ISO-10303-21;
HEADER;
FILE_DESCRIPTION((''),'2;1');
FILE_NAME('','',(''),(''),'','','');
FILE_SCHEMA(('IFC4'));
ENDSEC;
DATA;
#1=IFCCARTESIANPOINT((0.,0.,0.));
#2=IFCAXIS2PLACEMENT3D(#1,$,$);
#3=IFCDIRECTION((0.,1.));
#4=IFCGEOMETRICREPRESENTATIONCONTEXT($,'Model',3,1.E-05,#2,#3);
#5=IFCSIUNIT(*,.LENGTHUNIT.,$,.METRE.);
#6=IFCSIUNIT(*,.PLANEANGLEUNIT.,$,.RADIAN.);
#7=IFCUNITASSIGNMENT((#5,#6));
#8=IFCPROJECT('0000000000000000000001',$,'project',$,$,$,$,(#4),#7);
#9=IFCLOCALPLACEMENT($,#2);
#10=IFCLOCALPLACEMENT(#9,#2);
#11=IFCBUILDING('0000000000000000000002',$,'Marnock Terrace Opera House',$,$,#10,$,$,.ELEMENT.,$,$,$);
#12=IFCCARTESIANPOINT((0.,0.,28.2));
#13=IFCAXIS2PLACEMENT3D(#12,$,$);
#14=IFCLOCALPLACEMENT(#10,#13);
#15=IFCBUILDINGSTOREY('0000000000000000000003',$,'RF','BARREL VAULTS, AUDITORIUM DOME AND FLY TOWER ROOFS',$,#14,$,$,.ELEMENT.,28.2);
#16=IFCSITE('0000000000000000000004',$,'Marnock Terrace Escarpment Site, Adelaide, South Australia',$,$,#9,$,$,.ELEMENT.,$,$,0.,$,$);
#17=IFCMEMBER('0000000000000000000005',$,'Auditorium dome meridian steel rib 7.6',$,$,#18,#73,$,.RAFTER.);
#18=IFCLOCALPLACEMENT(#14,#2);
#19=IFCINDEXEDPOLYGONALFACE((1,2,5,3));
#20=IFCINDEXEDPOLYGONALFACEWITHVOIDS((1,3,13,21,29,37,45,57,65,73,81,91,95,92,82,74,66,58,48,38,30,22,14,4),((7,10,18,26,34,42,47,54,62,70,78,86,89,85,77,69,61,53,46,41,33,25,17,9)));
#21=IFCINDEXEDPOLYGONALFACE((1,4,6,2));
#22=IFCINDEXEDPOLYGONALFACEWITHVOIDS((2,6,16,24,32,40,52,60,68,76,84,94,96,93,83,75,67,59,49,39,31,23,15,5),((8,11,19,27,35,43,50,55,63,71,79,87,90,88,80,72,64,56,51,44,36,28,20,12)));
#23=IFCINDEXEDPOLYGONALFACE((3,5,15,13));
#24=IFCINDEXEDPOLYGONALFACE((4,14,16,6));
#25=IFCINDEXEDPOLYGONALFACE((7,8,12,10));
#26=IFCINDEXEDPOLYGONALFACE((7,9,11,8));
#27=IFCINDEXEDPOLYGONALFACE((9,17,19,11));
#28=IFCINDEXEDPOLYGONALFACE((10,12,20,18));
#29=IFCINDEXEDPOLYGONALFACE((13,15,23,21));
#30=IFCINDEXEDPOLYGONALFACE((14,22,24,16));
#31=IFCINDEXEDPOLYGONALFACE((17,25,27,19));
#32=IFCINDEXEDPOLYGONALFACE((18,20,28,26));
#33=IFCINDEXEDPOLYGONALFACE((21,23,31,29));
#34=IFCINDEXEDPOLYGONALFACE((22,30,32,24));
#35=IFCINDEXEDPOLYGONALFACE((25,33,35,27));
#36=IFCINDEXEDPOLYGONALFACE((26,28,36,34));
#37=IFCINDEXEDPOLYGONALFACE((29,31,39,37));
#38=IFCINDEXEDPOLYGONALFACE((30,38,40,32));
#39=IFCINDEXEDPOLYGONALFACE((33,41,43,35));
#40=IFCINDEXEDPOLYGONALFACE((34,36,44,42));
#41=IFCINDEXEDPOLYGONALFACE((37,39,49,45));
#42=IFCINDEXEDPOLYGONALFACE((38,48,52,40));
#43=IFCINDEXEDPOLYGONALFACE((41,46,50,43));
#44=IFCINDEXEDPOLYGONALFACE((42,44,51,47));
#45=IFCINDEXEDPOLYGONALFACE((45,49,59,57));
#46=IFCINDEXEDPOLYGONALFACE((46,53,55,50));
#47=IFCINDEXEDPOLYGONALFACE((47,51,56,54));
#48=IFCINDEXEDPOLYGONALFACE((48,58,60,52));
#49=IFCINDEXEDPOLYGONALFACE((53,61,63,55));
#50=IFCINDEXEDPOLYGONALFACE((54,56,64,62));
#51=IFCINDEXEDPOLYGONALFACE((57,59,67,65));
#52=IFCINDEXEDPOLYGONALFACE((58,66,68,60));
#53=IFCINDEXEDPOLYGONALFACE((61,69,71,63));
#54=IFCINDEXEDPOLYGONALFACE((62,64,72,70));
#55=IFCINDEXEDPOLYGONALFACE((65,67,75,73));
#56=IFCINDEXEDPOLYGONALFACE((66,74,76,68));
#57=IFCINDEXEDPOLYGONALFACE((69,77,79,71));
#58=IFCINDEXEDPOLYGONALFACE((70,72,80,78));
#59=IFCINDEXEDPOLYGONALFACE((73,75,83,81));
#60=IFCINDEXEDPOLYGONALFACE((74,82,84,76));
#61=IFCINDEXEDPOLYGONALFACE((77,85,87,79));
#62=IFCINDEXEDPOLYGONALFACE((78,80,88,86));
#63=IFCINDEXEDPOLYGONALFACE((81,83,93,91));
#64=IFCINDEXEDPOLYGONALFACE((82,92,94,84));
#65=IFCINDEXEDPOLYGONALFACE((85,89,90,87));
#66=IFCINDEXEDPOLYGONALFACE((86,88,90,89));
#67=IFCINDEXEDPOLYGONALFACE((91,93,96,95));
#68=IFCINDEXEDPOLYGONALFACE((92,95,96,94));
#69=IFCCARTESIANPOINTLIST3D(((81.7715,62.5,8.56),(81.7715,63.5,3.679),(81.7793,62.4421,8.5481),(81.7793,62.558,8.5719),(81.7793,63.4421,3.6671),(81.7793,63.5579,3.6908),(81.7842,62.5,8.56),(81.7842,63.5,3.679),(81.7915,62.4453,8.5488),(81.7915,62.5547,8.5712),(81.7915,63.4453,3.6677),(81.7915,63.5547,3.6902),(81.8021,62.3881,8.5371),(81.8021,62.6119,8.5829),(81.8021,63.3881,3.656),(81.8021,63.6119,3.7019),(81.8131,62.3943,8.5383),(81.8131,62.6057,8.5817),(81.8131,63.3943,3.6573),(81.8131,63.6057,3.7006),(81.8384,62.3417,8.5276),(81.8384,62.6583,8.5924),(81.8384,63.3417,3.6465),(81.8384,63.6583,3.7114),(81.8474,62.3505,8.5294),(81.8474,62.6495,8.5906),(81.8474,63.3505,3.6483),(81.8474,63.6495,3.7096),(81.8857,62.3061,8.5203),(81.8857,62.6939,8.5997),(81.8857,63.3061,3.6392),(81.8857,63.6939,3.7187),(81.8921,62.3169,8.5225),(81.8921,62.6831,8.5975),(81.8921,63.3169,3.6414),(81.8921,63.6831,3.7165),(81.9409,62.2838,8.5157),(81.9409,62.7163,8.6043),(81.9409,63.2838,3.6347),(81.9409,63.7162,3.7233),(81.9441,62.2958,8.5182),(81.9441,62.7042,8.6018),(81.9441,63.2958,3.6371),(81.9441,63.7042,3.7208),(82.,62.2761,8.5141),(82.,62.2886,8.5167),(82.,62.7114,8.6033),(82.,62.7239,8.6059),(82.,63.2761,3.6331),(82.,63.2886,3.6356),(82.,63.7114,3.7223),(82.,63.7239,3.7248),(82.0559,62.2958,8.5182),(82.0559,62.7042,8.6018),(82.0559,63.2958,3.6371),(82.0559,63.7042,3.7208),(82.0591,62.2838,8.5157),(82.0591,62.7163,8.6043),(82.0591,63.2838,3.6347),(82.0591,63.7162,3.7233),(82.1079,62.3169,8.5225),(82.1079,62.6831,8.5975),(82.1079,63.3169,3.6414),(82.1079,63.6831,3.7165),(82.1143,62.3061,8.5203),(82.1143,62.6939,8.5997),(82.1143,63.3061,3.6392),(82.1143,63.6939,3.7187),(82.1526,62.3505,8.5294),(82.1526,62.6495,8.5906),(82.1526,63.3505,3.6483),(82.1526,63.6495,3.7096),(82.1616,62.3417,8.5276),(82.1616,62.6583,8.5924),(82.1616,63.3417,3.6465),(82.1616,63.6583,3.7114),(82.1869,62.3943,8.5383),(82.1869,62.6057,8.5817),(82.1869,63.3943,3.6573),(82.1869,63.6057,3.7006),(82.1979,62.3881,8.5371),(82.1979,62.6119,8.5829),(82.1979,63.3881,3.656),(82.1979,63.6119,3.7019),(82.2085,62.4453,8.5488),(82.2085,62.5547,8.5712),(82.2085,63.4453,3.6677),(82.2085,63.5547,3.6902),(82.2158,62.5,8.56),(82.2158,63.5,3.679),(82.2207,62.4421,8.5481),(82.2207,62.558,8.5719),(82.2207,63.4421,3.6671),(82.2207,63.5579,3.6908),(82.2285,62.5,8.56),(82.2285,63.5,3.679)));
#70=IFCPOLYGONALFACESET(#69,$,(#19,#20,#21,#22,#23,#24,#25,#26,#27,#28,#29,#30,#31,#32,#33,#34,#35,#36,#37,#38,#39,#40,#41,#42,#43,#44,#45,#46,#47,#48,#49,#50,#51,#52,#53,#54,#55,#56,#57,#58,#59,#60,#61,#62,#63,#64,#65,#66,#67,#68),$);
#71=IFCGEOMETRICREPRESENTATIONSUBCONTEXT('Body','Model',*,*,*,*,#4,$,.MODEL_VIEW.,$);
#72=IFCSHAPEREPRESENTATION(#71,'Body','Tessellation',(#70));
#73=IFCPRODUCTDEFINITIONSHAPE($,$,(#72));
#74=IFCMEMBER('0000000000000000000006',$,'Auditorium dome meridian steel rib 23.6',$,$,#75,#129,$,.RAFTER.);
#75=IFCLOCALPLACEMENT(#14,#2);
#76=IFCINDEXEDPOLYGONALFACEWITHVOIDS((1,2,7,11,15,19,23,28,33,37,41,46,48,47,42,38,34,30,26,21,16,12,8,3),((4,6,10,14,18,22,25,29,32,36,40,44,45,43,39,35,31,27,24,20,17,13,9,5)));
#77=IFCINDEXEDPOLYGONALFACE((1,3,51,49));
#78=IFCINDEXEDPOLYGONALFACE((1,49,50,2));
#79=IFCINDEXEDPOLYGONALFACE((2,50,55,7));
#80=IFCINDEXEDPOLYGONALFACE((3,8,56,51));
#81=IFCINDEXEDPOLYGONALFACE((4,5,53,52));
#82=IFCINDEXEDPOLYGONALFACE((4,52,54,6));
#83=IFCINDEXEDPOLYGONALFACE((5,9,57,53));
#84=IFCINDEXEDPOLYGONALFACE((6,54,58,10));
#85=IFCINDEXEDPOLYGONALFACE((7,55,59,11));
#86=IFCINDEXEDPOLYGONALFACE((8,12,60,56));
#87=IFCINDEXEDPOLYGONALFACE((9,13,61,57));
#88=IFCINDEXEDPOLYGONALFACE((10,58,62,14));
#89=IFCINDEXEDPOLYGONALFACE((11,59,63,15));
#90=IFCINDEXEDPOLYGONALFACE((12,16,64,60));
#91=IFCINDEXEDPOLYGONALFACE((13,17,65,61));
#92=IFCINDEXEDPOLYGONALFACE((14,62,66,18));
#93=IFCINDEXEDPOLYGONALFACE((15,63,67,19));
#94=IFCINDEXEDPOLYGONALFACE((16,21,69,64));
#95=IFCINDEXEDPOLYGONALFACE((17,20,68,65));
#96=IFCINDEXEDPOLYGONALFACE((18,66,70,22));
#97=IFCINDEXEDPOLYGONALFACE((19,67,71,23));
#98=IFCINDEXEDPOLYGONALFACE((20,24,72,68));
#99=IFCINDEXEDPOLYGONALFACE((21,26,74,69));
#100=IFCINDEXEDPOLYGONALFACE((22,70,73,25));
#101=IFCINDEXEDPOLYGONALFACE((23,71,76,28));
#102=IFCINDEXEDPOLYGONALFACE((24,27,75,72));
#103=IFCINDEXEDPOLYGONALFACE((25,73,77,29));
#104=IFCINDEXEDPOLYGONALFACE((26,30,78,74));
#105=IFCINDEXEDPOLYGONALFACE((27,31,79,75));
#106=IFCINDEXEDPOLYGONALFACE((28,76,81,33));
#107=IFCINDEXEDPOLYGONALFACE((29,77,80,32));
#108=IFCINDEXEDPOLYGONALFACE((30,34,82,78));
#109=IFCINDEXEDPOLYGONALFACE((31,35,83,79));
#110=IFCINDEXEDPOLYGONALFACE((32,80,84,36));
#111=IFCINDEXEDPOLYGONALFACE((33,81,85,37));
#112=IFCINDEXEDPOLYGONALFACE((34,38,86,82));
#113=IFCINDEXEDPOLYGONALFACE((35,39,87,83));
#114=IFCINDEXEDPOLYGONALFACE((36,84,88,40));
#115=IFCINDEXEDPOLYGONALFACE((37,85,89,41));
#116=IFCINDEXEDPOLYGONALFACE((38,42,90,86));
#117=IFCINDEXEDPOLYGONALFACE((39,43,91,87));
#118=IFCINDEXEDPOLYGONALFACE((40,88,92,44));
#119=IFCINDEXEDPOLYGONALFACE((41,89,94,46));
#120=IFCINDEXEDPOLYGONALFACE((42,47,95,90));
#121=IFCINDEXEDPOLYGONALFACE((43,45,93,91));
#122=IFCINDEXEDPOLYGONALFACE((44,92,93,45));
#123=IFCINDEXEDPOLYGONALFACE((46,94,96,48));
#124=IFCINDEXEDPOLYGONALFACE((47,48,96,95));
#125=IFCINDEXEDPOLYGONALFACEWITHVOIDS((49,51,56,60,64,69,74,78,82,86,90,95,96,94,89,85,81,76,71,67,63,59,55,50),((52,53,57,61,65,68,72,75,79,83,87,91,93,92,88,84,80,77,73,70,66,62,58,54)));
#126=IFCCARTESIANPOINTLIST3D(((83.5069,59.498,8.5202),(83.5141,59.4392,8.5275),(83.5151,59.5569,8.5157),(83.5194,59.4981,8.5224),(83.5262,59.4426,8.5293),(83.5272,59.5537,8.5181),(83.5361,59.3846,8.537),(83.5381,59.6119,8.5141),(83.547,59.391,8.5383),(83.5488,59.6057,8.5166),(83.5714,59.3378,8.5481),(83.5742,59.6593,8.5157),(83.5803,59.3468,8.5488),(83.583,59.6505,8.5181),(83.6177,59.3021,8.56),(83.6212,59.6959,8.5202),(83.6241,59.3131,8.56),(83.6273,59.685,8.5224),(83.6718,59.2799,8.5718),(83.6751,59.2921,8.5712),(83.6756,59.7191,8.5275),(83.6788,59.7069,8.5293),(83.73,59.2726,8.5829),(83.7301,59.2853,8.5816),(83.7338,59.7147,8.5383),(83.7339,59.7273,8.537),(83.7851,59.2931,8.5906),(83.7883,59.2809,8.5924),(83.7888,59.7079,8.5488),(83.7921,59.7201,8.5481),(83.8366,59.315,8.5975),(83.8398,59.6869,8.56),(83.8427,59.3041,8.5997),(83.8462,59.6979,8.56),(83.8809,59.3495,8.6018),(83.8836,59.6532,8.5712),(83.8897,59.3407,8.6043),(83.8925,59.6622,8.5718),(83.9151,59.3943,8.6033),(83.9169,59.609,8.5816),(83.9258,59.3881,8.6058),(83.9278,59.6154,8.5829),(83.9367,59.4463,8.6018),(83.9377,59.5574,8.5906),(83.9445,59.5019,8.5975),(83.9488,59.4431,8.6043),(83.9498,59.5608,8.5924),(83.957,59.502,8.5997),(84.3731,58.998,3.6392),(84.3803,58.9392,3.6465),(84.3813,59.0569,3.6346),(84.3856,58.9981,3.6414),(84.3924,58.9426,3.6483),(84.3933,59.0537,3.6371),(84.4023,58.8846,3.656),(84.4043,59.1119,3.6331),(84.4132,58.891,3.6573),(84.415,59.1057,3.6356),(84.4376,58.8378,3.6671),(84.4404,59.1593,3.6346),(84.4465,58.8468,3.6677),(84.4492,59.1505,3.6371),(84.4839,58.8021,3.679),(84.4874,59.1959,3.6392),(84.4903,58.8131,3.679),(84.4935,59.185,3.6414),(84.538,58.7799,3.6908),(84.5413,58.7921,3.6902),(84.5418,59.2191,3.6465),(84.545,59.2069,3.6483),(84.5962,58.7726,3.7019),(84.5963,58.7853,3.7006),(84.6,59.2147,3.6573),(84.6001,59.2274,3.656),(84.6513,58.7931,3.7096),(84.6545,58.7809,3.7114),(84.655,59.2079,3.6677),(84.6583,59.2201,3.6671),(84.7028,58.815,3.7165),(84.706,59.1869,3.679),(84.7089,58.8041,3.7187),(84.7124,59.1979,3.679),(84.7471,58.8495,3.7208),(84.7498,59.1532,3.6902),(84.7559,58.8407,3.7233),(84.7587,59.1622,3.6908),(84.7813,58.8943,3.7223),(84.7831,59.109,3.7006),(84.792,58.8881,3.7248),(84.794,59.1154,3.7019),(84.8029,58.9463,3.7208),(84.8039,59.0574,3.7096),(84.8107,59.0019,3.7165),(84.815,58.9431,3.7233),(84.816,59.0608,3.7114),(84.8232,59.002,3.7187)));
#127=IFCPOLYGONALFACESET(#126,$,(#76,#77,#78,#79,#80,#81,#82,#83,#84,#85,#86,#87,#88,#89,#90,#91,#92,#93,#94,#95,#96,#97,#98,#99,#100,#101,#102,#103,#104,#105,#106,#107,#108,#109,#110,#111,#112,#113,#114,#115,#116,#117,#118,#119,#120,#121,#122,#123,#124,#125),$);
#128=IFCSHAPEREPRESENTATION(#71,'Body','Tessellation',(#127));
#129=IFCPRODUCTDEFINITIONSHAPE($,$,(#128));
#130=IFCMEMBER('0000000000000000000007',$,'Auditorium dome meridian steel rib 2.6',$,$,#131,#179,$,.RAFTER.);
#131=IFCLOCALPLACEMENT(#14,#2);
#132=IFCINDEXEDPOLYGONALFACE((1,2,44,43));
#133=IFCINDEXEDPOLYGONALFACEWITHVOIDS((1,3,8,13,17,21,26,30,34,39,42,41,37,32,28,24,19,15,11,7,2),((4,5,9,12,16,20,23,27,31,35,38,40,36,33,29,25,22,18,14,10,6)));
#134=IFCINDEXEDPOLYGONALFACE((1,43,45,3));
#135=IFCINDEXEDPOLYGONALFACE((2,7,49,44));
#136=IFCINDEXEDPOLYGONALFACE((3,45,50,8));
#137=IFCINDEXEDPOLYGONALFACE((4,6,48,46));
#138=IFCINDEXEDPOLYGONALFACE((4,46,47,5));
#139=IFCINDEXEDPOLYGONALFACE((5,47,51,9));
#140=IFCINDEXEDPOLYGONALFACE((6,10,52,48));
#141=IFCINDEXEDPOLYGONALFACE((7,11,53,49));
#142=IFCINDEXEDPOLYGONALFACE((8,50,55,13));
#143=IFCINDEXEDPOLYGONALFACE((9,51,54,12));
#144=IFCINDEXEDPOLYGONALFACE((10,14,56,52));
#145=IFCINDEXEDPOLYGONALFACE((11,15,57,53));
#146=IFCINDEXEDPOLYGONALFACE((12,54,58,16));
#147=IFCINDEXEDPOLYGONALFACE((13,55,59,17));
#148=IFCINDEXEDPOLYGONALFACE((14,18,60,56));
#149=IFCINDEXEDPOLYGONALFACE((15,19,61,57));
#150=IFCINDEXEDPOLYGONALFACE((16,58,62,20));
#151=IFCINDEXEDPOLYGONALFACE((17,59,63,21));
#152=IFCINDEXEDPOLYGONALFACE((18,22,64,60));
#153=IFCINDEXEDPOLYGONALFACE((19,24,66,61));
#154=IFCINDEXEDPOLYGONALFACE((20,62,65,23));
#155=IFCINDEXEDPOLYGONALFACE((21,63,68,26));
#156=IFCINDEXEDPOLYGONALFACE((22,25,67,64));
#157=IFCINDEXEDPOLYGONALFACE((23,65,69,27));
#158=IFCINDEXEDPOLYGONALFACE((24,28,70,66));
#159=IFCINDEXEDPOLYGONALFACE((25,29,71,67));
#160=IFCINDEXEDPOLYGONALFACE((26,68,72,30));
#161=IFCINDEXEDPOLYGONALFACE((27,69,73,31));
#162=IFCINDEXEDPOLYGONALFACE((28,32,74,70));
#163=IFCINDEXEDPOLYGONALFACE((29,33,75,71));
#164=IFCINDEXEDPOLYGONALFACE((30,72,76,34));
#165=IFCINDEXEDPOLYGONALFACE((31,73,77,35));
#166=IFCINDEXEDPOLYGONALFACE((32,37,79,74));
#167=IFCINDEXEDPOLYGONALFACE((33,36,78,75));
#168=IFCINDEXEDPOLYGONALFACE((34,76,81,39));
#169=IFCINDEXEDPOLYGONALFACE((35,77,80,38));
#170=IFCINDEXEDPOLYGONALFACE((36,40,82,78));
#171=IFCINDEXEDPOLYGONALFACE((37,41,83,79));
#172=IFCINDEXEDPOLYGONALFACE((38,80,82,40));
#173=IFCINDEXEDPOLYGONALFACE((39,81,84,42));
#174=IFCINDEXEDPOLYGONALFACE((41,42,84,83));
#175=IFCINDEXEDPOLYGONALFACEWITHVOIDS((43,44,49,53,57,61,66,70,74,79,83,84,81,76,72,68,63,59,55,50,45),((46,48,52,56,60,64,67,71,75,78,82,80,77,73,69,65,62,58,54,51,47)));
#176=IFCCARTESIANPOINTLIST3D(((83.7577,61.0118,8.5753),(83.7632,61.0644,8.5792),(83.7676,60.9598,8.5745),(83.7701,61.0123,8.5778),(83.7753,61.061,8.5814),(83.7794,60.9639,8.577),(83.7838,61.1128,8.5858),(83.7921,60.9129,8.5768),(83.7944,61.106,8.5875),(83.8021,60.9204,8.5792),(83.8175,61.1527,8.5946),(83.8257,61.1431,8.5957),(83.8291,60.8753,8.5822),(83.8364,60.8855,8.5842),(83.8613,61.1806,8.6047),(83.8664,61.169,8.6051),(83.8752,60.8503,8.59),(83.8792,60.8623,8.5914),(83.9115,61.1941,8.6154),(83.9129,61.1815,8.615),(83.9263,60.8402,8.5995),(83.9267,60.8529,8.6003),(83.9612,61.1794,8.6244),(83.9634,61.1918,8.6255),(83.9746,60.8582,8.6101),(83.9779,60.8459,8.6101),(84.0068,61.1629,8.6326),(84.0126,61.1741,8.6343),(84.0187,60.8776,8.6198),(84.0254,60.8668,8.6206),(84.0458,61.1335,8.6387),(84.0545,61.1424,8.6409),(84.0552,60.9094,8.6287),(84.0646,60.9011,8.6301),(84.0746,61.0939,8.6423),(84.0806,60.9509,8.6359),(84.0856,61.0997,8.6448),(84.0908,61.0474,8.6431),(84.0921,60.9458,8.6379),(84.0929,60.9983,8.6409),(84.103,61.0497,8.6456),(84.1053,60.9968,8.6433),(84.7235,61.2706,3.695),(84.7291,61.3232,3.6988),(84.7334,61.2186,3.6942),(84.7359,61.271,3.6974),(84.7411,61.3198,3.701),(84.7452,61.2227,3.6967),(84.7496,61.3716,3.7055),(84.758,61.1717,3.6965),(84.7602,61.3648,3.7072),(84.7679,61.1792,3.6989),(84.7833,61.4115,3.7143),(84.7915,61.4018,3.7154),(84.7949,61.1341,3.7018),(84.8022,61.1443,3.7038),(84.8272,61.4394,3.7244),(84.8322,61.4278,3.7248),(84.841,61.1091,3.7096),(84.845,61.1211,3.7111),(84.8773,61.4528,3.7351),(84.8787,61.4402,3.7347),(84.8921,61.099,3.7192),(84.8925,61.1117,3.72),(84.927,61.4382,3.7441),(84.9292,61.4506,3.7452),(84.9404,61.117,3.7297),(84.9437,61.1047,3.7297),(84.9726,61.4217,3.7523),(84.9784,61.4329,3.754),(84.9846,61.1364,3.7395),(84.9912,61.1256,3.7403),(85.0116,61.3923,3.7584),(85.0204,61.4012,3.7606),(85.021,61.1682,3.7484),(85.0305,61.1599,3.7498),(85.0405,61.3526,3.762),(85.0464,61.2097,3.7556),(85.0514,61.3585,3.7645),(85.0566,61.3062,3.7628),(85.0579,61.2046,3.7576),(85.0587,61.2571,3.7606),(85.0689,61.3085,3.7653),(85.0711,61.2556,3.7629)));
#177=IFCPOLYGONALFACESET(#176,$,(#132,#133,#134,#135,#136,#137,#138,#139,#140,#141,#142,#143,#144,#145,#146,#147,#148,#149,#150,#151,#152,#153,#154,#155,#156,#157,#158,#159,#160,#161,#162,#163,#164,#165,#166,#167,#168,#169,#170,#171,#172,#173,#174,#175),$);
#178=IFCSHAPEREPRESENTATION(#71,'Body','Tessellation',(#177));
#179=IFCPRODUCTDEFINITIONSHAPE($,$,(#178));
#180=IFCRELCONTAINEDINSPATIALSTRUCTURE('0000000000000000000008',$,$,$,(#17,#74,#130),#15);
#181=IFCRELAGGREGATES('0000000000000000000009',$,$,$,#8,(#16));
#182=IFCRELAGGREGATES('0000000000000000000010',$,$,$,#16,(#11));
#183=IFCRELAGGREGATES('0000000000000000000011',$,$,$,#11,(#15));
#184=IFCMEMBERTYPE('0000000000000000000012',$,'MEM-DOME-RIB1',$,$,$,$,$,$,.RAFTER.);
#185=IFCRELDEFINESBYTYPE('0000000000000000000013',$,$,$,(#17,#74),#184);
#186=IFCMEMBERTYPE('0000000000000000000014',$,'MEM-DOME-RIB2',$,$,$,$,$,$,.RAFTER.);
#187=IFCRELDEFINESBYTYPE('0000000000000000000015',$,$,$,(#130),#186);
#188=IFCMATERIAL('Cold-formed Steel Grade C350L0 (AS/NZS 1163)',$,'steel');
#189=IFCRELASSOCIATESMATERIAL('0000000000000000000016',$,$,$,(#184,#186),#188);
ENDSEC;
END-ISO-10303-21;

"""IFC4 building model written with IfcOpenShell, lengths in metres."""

from ifc_helpers import new_model, si_unit, direction, frame, origin, origin_2d, place, context, subcontext, project, spatial, hollow_circle, extrude, material, material_profile, profile_set, type_object, element, save


model = new_model("IFC4")

# Units and contexts
model_context = context("Model", 3, precision=1e-05, world=origin(), true_north=direction((0.0, 1.0)))
body_context = subcontext(model_context, "Body", "Model", "MODEL_VIEW")
ifc_project = project(units=[si_unit("LENGTHUNIT", "METRE"), si_unit("PLANEANGLEUNIT", "RADIAN")], contexts=[model_context])

# Site, building, storey
site_placement = place(None, origin())
site = spatial("IfcSite", under=ifc_project, at=site_placement, Name="Marnock Terrace Escarpment Site, Adelaide, South Australia", CompositionType="ELEMENT", RefElevation=0.0)
building_placement = place(site_placement, origin())
building = spatial("IfcBuilding", under=site, at=building_placement, Name="Marnock Terrace Opera House", CompositionType="ELEMENT")
storey_placement = place(building_placement, frame((0.0, 0.0, 28.2)))
storey = spatial("IfcBuildingStorey", under=building, at=storey_placement, Name="RF", Description="BARREL VAULTS, AUDITORIUM DOME AND FLY TOWER ROOFS", CompositionType="ELEMENT", Elevation=28.2)

# Members
ifc_material_1 = material(Name="Cold-formed Steel Grade C350L0 (AS/NZS 1163)", Category="steel")
ifc_material_profile_1 = material_profile(ifc_material_1, hollow_circle(Radius=0.2285, WallThickness=0.0127, at=origin_2d()))
ifc_profile_set_1 = profile_set([ifc_material_profile_1], Name="Cold-formed Steel Grade C350L0 (AS/NZS 1163)")
member_type_1 = type_object("IfcMemberType", Name="MEM-DOME-RIB1", PredefinedType="RAFTER", material=ifc_profile_set_1)
for number, where, z_axis, x_axis, name in (
    (1, (82.0, 63.5, 3.679), (0.0, -0.200703, 0.979652), (1.0, 0.0, 0.0), "Auditorium dome meridian steel rib 7.6"),
    (2, (84.5981, 59.0, 3.679), (-0.17385, 0.100351, 0.979646), (-0.49992, -0.866072, 0.0), "Auditorium dome meridian steel rib 23.6"),
):
    element("IfcMember", number, at=place(storey_placement, frame(where, z_axis=z_axis, x_axis=x_axis)), inside=storey, type_object=member_type_1, Name=name, PredefinedType="RAFTER", context=body_context, shape_type="SweptSolid", body=[
        extrude(hollow_circle(Radius=0.2285, WallThickness=0.0127, at=origin_2d()), origin(), (0.0, 0.0, 1.0), 4.9824),
    ])
ifc_material_profile_2 = material_profile(ifc_material_1, hollow_circle(Radius=0.1777, WallThickness=0.0127, at=origin_2d()))
ifc_profile_set_2 = profile_set([ifc_material_profile_2], Name="Cold-formed Steel Grade C350L0 (AS/NZS 1163)")
member_type_2 = type_object("IfcMemberType", Name="MEM-DOME-RIB2", PredefinedType="RAFTER", material=ifc_profile_set_2)
for number, where, z_axis, x_axis, name in (
    (3, (84.8977, 61.2764, 3.7297), (-0.193872, -0.051947, 0.979651), (0.258817, -0.965926, 0.0), "Auditorium dome meridian steel rib 2.6"),
):
    element("IfcMember", number, at=place(storey_placement, frame(where, z_axis=z_axis, x_axis=x_axis)), inside=storey, type_object=member_type_2, Name=name, PredefinedType="RAFTER", context=body_context, shape_type="SweptSolid", body=[
        extrude(hollow_circle(Radius=0.1777, WallThickness=0.0127, at=origin_2d()), origin(), (0.0, 0.0, 1.0), 4.9817),
    ])

save(model, "model.ifc")
